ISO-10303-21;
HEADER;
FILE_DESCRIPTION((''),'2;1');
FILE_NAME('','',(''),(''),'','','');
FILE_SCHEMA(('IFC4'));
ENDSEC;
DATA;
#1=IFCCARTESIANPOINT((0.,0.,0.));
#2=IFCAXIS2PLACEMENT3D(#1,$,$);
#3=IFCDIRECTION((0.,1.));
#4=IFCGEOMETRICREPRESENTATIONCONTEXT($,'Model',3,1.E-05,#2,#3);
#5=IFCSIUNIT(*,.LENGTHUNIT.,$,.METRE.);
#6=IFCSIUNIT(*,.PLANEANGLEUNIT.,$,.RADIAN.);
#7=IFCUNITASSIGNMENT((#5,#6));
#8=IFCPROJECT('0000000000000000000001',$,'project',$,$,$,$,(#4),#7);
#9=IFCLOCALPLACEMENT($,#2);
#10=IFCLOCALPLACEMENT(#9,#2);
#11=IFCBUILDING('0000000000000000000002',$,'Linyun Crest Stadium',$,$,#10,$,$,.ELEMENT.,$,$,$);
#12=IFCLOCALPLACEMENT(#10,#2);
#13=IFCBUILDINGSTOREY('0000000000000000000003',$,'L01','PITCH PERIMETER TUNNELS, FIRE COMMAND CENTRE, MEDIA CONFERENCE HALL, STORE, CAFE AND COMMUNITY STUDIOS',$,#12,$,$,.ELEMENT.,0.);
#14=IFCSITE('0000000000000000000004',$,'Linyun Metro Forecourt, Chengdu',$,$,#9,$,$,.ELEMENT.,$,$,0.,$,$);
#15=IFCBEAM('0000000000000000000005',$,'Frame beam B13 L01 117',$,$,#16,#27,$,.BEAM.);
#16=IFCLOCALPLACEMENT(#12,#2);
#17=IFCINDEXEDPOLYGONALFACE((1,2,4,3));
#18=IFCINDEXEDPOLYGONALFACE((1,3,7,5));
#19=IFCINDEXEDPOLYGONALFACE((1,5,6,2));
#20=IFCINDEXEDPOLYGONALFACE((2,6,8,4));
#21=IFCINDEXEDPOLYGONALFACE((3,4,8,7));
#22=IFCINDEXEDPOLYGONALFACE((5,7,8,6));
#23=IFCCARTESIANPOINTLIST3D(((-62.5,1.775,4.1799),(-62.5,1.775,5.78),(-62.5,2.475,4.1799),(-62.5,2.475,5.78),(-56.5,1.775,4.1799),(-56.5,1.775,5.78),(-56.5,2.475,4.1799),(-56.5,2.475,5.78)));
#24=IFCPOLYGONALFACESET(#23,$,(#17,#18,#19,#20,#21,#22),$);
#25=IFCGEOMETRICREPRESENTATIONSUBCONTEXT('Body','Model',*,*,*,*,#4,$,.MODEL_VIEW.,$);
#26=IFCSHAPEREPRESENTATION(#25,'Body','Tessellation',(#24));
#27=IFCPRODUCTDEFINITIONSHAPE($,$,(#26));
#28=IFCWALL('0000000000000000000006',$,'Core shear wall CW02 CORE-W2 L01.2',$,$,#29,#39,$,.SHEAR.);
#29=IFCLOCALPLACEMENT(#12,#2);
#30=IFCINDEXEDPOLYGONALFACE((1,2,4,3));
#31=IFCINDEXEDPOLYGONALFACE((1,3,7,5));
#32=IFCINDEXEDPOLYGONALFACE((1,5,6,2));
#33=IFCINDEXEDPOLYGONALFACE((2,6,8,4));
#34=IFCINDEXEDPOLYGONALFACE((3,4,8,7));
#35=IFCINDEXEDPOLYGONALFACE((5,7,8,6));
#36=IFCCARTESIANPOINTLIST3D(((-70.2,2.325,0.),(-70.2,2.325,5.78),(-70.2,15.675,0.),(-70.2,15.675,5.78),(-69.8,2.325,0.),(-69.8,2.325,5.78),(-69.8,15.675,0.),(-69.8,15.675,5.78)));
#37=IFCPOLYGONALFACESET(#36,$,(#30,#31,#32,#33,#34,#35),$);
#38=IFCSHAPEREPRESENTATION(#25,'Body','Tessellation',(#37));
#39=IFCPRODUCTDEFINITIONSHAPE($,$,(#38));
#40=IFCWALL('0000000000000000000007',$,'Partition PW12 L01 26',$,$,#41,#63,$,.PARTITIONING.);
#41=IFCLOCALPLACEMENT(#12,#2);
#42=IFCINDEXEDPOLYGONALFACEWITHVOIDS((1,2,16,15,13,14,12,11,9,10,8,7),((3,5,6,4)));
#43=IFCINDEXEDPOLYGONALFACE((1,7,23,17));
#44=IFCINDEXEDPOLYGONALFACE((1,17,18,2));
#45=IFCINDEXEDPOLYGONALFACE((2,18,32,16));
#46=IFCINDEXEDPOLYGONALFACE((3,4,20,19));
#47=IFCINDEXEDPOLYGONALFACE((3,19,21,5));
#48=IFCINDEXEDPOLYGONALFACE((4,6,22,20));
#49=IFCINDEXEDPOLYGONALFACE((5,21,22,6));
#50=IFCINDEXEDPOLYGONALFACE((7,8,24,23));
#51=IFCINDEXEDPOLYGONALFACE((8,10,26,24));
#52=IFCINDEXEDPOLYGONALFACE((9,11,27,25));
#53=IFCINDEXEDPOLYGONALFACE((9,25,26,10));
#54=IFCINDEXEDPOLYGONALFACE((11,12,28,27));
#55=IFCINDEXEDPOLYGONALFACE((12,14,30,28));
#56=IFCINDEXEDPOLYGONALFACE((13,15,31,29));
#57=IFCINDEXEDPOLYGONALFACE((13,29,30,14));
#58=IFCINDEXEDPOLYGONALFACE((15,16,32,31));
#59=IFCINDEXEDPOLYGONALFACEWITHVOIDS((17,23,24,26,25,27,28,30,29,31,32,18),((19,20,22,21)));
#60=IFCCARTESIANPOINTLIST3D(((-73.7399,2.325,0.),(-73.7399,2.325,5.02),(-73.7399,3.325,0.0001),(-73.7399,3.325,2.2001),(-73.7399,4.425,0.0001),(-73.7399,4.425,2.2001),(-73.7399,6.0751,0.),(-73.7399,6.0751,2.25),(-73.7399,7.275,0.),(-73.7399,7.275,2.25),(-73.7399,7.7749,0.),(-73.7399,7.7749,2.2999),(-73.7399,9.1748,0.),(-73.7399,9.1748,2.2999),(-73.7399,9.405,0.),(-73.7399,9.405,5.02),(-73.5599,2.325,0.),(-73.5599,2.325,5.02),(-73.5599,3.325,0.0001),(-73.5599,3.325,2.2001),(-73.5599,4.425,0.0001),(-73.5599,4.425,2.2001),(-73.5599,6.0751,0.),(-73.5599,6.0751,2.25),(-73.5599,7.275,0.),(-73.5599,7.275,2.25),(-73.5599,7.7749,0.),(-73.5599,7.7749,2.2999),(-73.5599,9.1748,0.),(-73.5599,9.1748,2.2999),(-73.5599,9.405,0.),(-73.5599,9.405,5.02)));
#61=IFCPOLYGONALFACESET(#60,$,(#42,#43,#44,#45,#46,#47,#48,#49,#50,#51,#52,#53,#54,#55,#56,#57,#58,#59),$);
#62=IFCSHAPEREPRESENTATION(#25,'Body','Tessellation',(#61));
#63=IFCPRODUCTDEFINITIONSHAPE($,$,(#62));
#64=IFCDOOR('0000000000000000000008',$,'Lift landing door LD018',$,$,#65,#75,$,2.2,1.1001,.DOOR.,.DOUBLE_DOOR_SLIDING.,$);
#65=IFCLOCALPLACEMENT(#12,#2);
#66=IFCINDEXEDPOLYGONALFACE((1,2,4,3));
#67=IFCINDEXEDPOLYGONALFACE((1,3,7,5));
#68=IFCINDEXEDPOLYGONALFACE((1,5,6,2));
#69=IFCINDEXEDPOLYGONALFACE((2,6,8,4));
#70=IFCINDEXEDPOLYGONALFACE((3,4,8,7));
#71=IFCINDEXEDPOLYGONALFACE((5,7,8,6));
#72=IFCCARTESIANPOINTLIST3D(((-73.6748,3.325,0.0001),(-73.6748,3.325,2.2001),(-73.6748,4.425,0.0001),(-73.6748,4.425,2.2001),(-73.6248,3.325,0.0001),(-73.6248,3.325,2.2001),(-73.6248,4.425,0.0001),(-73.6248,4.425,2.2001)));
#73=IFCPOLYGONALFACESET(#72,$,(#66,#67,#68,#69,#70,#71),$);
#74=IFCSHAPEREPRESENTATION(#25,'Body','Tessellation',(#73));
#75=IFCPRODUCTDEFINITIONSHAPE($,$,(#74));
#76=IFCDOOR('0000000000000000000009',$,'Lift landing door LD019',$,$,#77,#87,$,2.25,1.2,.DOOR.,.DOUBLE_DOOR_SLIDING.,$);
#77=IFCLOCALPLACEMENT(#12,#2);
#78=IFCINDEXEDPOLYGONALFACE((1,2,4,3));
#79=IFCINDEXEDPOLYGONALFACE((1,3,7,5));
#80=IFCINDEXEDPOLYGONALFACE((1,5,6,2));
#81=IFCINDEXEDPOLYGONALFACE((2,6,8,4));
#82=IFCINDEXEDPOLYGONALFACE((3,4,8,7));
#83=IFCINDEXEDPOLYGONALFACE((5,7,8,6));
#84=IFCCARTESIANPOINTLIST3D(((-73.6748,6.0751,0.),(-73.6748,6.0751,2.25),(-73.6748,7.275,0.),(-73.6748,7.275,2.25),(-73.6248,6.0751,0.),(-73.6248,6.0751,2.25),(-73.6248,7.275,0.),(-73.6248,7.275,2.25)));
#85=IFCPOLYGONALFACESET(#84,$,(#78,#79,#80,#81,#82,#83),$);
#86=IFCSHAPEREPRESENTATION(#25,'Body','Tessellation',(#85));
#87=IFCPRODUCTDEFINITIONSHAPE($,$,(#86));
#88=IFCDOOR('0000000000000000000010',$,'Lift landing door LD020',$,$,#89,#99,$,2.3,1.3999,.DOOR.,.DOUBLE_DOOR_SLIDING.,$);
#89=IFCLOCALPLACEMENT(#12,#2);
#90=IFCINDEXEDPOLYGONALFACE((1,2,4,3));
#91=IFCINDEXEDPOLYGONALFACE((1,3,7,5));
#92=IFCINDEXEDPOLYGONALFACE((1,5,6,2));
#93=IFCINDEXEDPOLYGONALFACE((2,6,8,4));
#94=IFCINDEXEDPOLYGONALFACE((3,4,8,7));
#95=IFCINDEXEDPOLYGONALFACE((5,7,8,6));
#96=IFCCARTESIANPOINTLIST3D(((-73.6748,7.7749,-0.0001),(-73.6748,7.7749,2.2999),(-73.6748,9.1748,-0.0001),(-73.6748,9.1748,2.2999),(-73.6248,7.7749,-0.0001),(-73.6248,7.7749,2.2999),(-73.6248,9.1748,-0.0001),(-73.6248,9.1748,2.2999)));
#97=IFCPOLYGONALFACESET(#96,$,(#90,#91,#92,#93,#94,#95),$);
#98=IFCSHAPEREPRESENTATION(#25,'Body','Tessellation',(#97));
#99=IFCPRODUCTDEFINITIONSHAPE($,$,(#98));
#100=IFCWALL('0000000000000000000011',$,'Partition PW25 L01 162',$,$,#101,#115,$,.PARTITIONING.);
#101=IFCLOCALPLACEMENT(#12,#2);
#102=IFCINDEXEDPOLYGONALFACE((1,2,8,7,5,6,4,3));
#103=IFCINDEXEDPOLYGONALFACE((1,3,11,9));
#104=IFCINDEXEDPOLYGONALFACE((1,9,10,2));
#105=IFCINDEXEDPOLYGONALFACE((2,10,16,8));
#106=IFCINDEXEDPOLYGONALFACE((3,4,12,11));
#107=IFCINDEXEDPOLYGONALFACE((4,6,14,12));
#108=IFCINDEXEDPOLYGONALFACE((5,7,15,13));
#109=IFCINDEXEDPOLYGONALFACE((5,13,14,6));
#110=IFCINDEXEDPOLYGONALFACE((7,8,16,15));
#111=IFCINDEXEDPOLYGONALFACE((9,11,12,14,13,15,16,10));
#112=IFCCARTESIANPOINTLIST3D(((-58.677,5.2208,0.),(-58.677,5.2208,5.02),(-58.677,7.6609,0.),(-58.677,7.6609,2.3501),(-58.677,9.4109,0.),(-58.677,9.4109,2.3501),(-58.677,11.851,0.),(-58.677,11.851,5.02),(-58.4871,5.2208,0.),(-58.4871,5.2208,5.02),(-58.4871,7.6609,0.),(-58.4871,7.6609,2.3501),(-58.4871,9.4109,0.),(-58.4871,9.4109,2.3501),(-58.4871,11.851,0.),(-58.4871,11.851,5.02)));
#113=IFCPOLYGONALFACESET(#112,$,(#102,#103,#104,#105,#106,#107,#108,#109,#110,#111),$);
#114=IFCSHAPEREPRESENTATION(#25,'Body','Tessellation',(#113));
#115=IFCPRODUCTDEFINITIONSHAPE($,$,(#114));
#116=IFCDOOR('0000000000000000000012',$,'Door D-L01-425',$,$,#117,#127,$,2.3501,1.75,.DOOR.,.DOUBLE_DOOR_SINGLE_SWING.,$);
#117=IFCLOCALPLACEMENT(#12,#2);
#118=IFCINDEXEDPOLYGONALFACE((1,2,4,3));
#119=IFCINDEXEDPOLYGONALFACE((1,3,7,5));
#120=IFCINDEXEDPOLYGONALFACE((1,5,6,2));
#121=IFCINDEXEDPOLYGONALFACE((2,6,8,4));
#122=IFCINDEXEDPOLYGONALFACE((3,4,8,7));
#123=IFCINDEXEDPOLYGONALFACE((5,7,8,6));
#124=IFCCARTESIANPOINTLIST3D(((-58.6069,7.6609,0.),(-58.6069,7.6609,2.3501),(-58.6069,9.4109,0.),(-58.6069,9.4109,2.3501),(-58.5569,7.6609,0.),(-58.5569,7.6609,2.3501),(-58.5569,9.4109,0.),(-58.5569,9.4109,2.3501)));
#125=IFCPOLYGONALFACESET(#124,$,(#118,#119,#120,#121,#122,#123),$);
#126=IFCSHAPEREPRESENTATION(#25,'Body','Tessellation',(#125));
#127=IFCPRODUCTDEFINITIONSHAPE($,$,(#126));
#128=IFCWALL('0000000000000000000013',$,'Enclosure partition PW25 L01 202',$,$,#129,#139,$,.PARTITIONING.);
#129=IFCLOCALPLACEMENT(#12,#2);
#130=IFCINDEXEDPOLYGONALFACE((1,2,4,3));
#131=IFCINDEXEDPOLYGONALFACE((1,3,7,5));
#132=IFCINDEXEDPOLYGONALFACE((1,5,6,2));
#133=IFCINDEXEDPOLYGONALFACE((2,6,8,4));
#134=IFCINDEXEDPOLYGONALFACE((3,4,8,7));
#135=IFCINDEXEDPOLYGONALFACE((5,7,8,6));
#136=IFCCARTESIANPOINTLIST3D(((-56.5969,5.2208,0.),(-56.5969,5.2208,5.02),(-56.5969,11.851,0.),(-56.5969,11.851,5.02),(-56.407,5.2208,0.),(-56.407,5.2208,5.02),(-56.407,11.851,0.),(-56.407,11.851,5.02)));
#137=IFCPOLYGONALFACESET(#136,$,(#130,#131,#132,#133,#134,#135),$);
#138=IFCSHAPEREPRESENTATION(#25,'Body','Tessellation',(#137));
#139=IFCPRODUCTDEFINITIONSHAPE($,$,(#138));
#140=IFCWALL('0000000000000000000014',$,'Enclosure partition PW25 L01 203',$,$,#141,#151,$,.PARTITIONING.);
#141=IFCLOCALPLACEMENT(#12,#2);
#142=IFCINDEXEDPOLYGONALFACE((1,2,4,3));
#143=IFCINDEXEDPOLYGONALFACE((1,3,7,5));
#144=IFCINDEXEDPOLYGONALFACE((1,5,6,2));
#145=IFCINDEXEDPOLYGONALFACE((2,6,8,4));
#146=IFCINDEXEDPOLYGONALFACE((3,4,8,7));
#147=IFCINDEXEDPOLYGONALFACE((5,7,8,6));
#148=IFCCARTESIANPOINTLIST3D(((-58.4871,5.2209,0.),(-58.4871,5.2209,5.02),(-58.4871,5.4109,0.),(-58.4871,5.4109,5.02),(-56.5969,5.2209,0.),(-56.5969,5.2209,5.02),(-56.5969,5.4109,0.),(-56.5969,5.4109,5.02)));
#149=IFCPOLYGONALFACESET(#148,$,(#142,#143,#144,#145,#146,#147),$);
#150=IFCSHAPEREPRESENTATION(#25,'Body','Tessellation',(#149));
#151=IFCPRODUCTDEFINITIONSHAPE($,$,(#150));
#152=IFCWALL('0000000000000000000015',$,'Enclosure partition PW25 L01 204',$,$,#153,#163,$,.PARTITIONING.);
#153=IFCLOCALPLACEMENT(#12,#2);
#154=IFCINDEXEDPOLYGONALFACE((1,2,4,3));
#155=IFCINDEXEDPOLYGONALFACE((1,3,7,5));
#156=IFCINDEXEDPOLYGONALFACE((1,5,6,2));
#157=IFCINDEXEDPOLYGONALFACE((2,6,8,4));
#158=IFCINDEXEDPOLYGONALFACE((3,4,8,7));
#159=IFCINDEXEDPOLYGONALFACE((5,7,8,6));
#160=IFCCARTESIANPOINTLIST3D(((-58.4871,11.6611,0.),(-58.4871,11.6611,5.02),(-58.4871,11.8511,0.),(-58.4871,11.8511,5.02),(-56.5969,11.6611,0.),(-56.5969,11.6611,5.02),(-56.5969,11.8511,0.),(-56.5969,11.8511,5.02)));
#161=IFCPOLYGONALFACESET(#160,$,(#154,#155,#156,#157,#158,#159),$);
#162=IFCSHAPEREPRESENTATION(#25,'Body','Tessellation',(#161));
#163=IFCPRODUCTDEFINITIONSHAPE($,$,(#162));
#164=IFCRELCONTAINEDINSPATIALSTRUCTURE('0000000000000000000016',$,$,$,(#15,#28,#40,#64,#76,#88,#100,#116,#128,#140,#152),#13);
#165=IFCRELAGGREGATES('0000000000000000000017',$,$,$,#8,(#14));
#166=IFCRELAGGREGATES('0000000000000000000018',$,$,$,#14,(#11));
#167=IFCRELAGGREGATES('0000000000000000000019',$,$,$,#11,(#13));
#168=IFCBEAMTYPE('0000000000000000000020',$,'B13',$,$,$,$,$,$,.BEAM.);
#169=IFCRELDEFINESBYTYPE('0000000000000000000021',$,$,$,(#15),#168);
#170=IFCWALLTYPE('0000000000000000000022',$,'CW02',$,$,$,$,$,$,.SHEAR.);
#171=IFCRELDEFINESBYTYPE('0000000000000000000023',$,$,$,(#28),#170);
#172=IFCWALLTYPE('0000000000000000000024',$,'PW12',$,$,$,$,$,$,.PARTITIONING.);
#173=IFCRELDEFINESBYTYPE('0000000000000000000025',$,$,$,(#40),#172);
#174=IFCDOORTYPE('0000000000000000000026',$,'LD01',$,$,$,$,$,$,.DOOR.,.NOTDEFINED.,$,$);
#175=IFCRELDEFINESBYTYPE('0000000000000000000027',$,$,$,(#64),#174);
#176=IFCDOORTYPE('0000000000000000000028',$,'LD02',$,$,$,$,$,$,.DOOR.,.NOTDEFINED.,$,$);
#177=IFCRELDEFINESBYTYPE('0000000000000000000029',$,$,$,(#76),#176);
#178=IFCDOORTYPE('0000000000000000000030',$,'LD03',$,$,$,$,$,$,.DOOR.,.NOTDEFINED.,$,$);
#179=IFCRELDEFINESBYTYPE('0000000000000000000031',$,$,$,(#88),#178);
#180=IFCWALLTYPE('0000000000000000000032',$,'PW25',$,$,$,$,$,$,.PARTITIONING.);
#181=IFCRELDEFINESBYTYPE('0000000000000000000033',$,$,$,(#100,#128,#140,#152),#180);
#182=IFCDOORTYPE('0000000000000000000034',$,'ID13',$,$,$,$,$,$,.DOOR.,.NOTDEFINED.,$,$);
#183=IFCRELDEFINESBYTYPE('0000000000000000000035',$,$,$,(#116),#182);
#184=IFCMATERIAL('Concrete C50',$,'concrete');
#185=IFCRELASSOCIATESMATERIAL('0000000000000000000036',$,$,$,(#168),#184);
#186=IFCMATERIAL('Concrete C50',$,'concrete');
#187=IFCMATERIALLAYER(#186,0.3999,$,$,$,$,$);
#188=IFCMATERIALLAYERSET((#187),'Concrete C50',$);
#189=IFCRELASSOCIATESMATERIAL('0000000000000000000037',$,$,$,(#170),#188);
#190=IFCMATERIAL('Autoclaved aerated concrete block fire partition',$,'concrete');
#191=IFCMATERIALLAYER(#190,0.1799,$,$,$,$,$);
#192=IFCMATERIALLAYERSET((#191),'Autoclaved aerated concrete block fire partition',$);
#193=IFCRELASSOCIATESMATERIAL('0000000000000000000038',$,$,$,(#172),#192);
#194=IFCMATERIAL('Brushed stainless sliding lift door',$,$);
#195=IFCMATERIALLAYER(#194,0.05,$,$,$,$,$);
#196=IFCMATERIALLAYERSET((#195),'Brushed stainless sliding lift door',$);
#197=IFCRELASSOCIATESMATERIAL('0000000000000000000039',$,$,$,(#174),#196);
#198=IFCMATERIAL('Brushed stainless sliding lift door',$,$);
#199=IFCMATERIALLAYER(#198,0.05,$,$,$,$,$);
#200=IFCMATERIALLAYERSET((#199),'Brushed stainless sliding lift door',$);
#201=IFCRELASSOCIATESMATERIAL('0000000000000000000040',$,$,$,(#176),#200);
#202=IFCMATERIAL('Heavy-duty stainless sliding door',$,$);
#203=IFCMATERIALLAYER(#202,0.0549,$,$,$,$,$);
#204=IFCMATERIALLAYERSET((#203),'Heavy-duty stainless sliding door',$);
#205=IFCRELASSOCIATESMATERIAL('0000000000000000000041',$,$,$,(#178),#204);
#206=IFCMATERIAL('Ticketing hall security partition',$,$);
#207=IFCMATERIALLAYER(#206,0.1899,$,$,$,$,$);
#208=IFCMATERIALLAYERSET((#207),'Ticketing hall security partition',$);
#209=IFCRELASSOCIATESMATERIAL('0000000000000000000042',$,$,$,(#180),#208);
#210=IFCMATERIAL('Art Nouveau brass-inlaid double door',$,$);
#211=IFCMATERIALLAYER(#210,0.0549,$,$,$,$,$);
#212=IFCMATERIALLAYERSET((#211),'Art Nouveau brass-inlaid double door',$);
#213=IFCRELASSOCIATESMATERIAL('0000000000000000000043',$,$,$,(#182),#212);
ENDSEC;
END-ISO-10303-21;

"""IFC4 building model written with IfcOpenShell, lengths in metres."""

from ifc_helpers import new_model, si_unit, direction, frame, frame_2d, origin, origin_2d, place, context, subcontext, project, spatial, rectangle, extrude, material, layer, layer_set, material_profile, profile_set, type_object, element, fill, save


model = new_model("IFC4")

# Units and contexts
model_context = context("Model", 3, precision=1e-05, world=origin(), true_north=direction((0.0, 1.0)))
body_context = subcontext(model_context, "Body", "Model", "MODEL_VIEW")
ifc_project = project(units=[si_unit("LENGTHUNIT", "METRE"), si_unit("PLANEANGLEUNIT", "RADIAN")], contexts=[model_context])

# Site, building, storey
site_placement = place(None, origin())
site = spatial("IfcSite", under=ifc_project, at=site_placement, Name="Linyun Metro Forecourt, Chengdu", CompositionType="ELEMENT", RefElevation=0.0)
building_placement = place(site_placement, origin())
building = spatial("IfcBuilding", under=site, at=building_placement, Name="Linyun Crest Stadium", CompositionType="ELEMENT")
storey_placement = place(building_placement, origin())
storey = spatial("IfcBuildingStorey", under=building, at=storey_placement, Name="L01", Description="PITCH PERIMETER TUNNELS, FIRE COMMAND CENTRE, MEDIA CONFERENCE HALL, STORE, CAFE AND COMMUNITY STUDIOS", CompositionType="ELEMENT", Elevation=0.0)

# Beam
ifc_material_1 = material(Name="Concrete C50", Category="concrete")
ifc_material_profile_1 = material_profile(ifc_material_1, rectangle(XDim=0.7, YDim=1.6001, at=origin_2d()), Name="RCB 1600x700")
ifc_profile_set_1 = profile_set([ifc_material_profile_1], Name="Concrete C50")
beam_type_1 = type_object("IfcBeamType", Name="B13", PredefinedType="BEAM", material=ifc_profile_set_1)
beam_1_placement = place(storey_placement, frame((-62.5, 2.125, 4.98), z_axis=(1.0, 0.0, 0.0), x_axis=(0.0, 1.0, 0.0)))
element("IfcBeam", 1, at=beam_1_placement, inside=storey, type_object=beam_type_1, Name="Frame beam B13 L01 117", PredefinedType="BEAM", context=body_context, shape_type="SweptSolid", body=[
    extrude(rectangle(XDim=0.7, YDim=1.6001, at=origin_2d()), origin(), (0.0, 0.0, 1.0), 6.0),
])

# Wall
ifc_material_2 = material(Name="Concrete C50", Category="concrete")
ifc_layer_1 = layer(ifc_material_2, 0.3999)
ifc_layer_set_1 = layer_set([ifc_layer_1], Name="Concrete C50")
wall_type_1 = type_object("IfcWallType", Name="CW02", PredefinedType="SHEAR", material=ifc_layer_set_1)
wall_1_placement = place(storey_placement, frame((-70.0, 2.325, 0.0), z_axis=(0.0, 0.0, 1.0), x_axis=(0.0, 1.0, 0.0)))
element("IfcWall", 2, at=wall_1_placement, inside=storey, type_object=wall_type_1, Name="Core shear wall CW02 CORE-W2 L01.2", PredefinedType="SHEAR", context=body_context, shape_type="SweptSolid", body=[
    extrude(rectangle(XDim=13.3501, YDim=0.3999, at=frame_2d((6.675, 0.0))), origin(), (0.0, 0.0, 1.0), 5.78),
])

# Wall, openings, doors
ifc_material_3 = material(Name="Autoclaved aerated concrete block fire partition", Category="concrete")
ifc_layer_2 = layer(ifc_material_3, 0.1799)
ifc_layer_set_2 = layer_set([ifc_layer_2], Name="Autoclaved aerated concrete block fire partition")
wall_type_2 = type_object("IfcWallType", Name="PW12", PredefinedType="PARTITIONING", material=ifc_layer_set_2)
wall_2_placement = place(storey_placement, frame((-73.6499, 2.325, 0.0), z_axis=(0.0, 0.0, 1.0), x_axis=(0.0, 1.0, 0.0)))
wall_2 = element("IfcWall", 3, at=wall_2_placement, inside=storey, type_object=wall_type_2, Name="Partition PW12 L01 26", PredefinedType="PARTITIONING", context=body_context, shape_type="SweptSolid", body=[
    extrude(rectangle(XDim=7.0801, YDim=0.1799, at=frame_2d((3.54, 0.0))), origin(), (0.0, 0.0, 1.0), 5.02),
])
opening_1_placement = place(wall_2_placement, frame((1.0, 0.0, 0.0)))
opening_1 = element("IfcOpeningElement", 4, at=opening_1_placement, cuts=wall_2, PredefinedType="OPENING", context=body_context, shape_type="SweptSolid", body=[
    extrude(rectangle(XDim=1.1001, YDim=2.2, at=frame_2d((0.55, 1.1001))), frame((0.0, 0.0999, 0.0), z_axis=(0.0, -1.0, 0.0), x_axis=(1.0, 0.0, 0.0)), (0.0, 0.0, 1.0), 0.2),
])
opening_2_placement = place(wall_2_placement, frame((3.75, 0.0, 0.0)))
opening_2 = element("IfcOpeningElement", 5, at=opening_2_placement, cuts=wall_2, PredefinedType="OPENING", context=body_context, shape_type="SweptSolid", body=[
    extrude(rectangle(XDim=1.2, YDim=2.25, at=frame_2d((0.6001, 1.125))), frame((0.0, 0.0999, 0.0), z_axis=(0.0, -1.0, 0.0), x_axis=(1.0, 0.0, 0.0)), (0.0, 0.0, 1.0), 0.2),
])
opening_3_placement = place(wall_2_placement, frame((5.45, 0.0, 0.0)))
opening_3 = element("IfcOpeningElement", 6, at=opening_3_placement, cuts=wall_2, PredefinedType="OPENING", context=body_context, shape_type="SweptSolid", body=[
    extrude(rectangle(XDim=1.3999, YDim=2.3, at=frame_2d((0.7, 1.1499))), frame((0.0, 0.0999, 0.0), z_axis=(0.0, -1.0, 0.0), x_axis=(1.0, 0.0, 0.0)), (0.0, 0.0, 1.0), 0.2),
])
ifc_material_4 = material(Name="Brushed stainless sliding lift door")
ifc_layer_3 = layer(ifc_material_4, 0.05)
ifc_layer_set_3 = layer_set([ifc_layer_3], Name="Brushed stainless sliding lift door")
door_type_1 = type_object("IfcDoorType", Name="LD01", OperationType="NOTDEFINED", PredefinedType="DOOR", material=ifc_layer_set_3)
door_1_placement = place(opening_1_placement, origin())
door_1 = element("IfcDoor", 7, at=door_1_placement, inside=storey, type_object=door_type_1, Name="Lift landing door LD018", OperationType="DOUBLE_DOOR_SLIDING", OverallHeight=2.2, OverallWidth=1.1001, PredefinedType="DOOR", context=body_context, shape_type="SweptSolid", body=[
    extrude(rectangle(XDim=1.1001, YDim=2.2, at=frame_2d((0.55, 1.1001))), frame((0.0, 0.0249, 0.0), z_axis=(0.0, -1.0, 0.0), x_axis=(1.0, 0.0, 0.0)), (0.0, 0.0, 1.0), 0.05),
])
fill(opening_1, door_1)
ifc_material_5 = material(Name="Brushed stainless sliding lift door")
ifc_layer_4 = layer(ifc_material_5, 0.05)
ifc_layer_set_4 = layer_set([ifc_layer_4], Name="Brushed stainless sliding lift door")
door_type_2 = type_object("IfcDoorType", Name="LD02", OperationType="NOTDEFINED", PredefinedType="DOOR", material=ifc_layer_set_4)
door_2_placement = place(opening_2_placement, origin())
door_2 = element("IfcDoor", 8, at=door_2_placement, inside=storey, type_object=door_type_2, Name="Lift landing door LD019", OperationType="DOUBLE_DOOR_SLIDING", OverallHeight=2.25, OverallWidth=1.2, PredefinedType="DOOR", context=body_context, shape_type="SweptSolid", body=[
    extrude(rectangle(XDim=1.2, YDim=2.25, at=frame_2d((0.6001, 1.125))), frame((0.0, 0.0249, 0.0), z_axis=(0.0, -1.0, 0.0), x_axis=(1.0, 0.0, 0.0)), (0.0, 0.0, 1.0), 0.05),
])
fill(opening_2, door_2)
ifc_material_6 = material(Name="Heavy-duty stainless sliding door")
ifc_layer_5 = layer(ifc_material_6, 0.0549)
ifc_layer_set_5 = layer_set([ifc_layer_5], Name="Heavy-duty stainless sliding door")
door_type_3 = type_object("IfcDoorType", Name="LD03", OperationType="NOTDEFINED", PredefinedType="DOOR", material=ifc_layer_set_5)
door_3_placement = place(opening_3_placement, origin())
door_3 = element("IfcDoor", 9, at=door_3_placement, inside=storey, type_object=door_type_3, Name="Lift landing door LD020", OperationType="DOUBLE_DOOR_SLIDING", OverallHeight=2.3, OverallWidth=1.3999, PredefinedType="DOOR", context=body_context, shape_type="SweptSolid", body=[
    extrude(rectangle(XDim=1.3999, YDim=2.3, at=frame_2d((0.7, 1.1499))), frame((0.0, 0.0249, 0.0), z_axis=(0.0, -1.0, 0.0), x_axis=(1.0, 0.0, 0.0)), (0.0, 0.0, 1.0), 0.05),
])
fill(opening_3, door_3)

# Wall, opening, door
ifc_material_7 = material(Name="Ticketing hall security partition")
ifc_layer_6 = layer(ifc_material_7, 0.1899)
ifc_layer_set_6 = layer_set([ifc_layer_6], Name="Ticketing hall security partition")
wall_type_3 = type_object("IfcWallType", Name="PW25", PredefinedType="PARTITIONING", material=ifc_layer_set_6)
wall_3_placement = place(storey_placement, frame((-58.582, 5.2209, 0.0), z_axis=(0.0, 0.0, 1.0), x_axis=(0.0, 1.0, 0.0)))
wall_3 = element("IfcWall", 10, at=wall_3_placement, inside=storey, type_object=wall_type_3, Name="Partition PW25 L01 162", PredefinedType="PARTITIONING", context=body_context, shape_type="SweptSolid", body=[
    extrude(rectangle(XDim=6.6301, YDim=0.1899, at=frame_2d((3.3149, 0.0))), origin(), (0.0, 0.0, 1.0), 5.02),
])
opening_4_placement = place(wall_3_placement, frame((2.4399, 0.0, 0.0)))
opening_4 = element("IfcOpeningElement", 11, at=opening_4_placement, cuts=wall_3, PredefinedType="OPENING", context=body_context, shape_type="SweptSolid", body=[
    extrude(rectangle(XDim=1.75, YDim=2.3501, at=frame_2d((0.875, 1.175))), frame((0.0, 0.105, 0.0), z_axis=(0.0, -1.0, 0.0), x_axis=(1.0, 0.0, 0.0)), (0.0, 0.0, 1.0), 0.21),
])
ifc_material_8 = material(Name="Art Nouveau brass-inlaid double door")
ifc_layer_7 = layer(ifc_material_8, 0.0549)
ifc_layer_set_7 = layer_set([ifc_layer_7], Name="Art Nouveau brass-inlaid double door")
door_type_4 = type_object("IfcDoorType", Name="ID13", OperationType="NOTDEFINED", PredefinedType="DOOR", material=ifc_layer_set_7)
door_4_placement = place(opening_4_placement, origin())
door_4 = element("IfcDoor", 12, at=door_4_placement, inside=storey, type_object=door_type_4, Name="Door D-L01-425", OperationType="DOUBLE_DOOR_SINGLE_SWING", OverallHeight=2.3501, OverallWidth=1.75, PredefinedType="DOOR", context=body_context, shape_type="SweptSolid", body=[
    extrude(rectangle(XDim=1.75, YDim=2.3501, at=frame_2d((0.875, 1.175))), frame((0.0, 0.0249, 0.0), z_axis=(0.0, -1.0, 0.0), x_axis=(1.0, 0.0, 0.0)), (0.0, 0.0, 1.0), 0.05),
])
fill(opening_4, door_4)

# Walls
wall_4_placement = place(storey_placement, frame((-56.502, 5.2209, 0.0), z_axis=(0.0, 0.0, 1.0), x_axis=(0.0, 1.0, 0.0)))
element("IfcWall", 13, at=wall_4_placement, inside=storey, type_object=wall_type_3, Name="Enclosure partition PW25 L01 202", PredefinedType="PARTITIONING", context=body_context, shape_type="SweptSolid", body=[
    extrude(rectangle(XDim=6.6301, YDim=0.1899, at=frame_2d((3.3149, 0.0))), origin(), (0.0, 0.0, 1.0), 5.02),
])
for number, where, z_axis, x_axis, name in (
    (14, (-58.4871, 5.3159, 0.0), (0.0, 0.0, 1.0), (1.0, 0.0, 0.0), "Enclosure partition PW25 L01 203"),
    (15, (-58.4871, 11.7561, 0.0), (0.0, 0.0, 1.0), (1.0, 0.0, 0.0), "Enclosure partition PW25 L01 204"),
):
    element("IfcWall", number, at=place(storey_placement, frame(where, z_axis=z_axis, x_axis=x_axis)), inside=storey, type_object=wall_type_3, Name=name, PredefinedType="PARTITIONING", context=body_context, shape_type="SweptSolid", body=[
        extrude(rectangle(XDim=1.8901, YDim=0.1899, at=frame_2d((0.9451, 0.0))), origin(), (0.0, 0.0, 1.0), 5.02),
    ])

save(model, "model.ifc")
